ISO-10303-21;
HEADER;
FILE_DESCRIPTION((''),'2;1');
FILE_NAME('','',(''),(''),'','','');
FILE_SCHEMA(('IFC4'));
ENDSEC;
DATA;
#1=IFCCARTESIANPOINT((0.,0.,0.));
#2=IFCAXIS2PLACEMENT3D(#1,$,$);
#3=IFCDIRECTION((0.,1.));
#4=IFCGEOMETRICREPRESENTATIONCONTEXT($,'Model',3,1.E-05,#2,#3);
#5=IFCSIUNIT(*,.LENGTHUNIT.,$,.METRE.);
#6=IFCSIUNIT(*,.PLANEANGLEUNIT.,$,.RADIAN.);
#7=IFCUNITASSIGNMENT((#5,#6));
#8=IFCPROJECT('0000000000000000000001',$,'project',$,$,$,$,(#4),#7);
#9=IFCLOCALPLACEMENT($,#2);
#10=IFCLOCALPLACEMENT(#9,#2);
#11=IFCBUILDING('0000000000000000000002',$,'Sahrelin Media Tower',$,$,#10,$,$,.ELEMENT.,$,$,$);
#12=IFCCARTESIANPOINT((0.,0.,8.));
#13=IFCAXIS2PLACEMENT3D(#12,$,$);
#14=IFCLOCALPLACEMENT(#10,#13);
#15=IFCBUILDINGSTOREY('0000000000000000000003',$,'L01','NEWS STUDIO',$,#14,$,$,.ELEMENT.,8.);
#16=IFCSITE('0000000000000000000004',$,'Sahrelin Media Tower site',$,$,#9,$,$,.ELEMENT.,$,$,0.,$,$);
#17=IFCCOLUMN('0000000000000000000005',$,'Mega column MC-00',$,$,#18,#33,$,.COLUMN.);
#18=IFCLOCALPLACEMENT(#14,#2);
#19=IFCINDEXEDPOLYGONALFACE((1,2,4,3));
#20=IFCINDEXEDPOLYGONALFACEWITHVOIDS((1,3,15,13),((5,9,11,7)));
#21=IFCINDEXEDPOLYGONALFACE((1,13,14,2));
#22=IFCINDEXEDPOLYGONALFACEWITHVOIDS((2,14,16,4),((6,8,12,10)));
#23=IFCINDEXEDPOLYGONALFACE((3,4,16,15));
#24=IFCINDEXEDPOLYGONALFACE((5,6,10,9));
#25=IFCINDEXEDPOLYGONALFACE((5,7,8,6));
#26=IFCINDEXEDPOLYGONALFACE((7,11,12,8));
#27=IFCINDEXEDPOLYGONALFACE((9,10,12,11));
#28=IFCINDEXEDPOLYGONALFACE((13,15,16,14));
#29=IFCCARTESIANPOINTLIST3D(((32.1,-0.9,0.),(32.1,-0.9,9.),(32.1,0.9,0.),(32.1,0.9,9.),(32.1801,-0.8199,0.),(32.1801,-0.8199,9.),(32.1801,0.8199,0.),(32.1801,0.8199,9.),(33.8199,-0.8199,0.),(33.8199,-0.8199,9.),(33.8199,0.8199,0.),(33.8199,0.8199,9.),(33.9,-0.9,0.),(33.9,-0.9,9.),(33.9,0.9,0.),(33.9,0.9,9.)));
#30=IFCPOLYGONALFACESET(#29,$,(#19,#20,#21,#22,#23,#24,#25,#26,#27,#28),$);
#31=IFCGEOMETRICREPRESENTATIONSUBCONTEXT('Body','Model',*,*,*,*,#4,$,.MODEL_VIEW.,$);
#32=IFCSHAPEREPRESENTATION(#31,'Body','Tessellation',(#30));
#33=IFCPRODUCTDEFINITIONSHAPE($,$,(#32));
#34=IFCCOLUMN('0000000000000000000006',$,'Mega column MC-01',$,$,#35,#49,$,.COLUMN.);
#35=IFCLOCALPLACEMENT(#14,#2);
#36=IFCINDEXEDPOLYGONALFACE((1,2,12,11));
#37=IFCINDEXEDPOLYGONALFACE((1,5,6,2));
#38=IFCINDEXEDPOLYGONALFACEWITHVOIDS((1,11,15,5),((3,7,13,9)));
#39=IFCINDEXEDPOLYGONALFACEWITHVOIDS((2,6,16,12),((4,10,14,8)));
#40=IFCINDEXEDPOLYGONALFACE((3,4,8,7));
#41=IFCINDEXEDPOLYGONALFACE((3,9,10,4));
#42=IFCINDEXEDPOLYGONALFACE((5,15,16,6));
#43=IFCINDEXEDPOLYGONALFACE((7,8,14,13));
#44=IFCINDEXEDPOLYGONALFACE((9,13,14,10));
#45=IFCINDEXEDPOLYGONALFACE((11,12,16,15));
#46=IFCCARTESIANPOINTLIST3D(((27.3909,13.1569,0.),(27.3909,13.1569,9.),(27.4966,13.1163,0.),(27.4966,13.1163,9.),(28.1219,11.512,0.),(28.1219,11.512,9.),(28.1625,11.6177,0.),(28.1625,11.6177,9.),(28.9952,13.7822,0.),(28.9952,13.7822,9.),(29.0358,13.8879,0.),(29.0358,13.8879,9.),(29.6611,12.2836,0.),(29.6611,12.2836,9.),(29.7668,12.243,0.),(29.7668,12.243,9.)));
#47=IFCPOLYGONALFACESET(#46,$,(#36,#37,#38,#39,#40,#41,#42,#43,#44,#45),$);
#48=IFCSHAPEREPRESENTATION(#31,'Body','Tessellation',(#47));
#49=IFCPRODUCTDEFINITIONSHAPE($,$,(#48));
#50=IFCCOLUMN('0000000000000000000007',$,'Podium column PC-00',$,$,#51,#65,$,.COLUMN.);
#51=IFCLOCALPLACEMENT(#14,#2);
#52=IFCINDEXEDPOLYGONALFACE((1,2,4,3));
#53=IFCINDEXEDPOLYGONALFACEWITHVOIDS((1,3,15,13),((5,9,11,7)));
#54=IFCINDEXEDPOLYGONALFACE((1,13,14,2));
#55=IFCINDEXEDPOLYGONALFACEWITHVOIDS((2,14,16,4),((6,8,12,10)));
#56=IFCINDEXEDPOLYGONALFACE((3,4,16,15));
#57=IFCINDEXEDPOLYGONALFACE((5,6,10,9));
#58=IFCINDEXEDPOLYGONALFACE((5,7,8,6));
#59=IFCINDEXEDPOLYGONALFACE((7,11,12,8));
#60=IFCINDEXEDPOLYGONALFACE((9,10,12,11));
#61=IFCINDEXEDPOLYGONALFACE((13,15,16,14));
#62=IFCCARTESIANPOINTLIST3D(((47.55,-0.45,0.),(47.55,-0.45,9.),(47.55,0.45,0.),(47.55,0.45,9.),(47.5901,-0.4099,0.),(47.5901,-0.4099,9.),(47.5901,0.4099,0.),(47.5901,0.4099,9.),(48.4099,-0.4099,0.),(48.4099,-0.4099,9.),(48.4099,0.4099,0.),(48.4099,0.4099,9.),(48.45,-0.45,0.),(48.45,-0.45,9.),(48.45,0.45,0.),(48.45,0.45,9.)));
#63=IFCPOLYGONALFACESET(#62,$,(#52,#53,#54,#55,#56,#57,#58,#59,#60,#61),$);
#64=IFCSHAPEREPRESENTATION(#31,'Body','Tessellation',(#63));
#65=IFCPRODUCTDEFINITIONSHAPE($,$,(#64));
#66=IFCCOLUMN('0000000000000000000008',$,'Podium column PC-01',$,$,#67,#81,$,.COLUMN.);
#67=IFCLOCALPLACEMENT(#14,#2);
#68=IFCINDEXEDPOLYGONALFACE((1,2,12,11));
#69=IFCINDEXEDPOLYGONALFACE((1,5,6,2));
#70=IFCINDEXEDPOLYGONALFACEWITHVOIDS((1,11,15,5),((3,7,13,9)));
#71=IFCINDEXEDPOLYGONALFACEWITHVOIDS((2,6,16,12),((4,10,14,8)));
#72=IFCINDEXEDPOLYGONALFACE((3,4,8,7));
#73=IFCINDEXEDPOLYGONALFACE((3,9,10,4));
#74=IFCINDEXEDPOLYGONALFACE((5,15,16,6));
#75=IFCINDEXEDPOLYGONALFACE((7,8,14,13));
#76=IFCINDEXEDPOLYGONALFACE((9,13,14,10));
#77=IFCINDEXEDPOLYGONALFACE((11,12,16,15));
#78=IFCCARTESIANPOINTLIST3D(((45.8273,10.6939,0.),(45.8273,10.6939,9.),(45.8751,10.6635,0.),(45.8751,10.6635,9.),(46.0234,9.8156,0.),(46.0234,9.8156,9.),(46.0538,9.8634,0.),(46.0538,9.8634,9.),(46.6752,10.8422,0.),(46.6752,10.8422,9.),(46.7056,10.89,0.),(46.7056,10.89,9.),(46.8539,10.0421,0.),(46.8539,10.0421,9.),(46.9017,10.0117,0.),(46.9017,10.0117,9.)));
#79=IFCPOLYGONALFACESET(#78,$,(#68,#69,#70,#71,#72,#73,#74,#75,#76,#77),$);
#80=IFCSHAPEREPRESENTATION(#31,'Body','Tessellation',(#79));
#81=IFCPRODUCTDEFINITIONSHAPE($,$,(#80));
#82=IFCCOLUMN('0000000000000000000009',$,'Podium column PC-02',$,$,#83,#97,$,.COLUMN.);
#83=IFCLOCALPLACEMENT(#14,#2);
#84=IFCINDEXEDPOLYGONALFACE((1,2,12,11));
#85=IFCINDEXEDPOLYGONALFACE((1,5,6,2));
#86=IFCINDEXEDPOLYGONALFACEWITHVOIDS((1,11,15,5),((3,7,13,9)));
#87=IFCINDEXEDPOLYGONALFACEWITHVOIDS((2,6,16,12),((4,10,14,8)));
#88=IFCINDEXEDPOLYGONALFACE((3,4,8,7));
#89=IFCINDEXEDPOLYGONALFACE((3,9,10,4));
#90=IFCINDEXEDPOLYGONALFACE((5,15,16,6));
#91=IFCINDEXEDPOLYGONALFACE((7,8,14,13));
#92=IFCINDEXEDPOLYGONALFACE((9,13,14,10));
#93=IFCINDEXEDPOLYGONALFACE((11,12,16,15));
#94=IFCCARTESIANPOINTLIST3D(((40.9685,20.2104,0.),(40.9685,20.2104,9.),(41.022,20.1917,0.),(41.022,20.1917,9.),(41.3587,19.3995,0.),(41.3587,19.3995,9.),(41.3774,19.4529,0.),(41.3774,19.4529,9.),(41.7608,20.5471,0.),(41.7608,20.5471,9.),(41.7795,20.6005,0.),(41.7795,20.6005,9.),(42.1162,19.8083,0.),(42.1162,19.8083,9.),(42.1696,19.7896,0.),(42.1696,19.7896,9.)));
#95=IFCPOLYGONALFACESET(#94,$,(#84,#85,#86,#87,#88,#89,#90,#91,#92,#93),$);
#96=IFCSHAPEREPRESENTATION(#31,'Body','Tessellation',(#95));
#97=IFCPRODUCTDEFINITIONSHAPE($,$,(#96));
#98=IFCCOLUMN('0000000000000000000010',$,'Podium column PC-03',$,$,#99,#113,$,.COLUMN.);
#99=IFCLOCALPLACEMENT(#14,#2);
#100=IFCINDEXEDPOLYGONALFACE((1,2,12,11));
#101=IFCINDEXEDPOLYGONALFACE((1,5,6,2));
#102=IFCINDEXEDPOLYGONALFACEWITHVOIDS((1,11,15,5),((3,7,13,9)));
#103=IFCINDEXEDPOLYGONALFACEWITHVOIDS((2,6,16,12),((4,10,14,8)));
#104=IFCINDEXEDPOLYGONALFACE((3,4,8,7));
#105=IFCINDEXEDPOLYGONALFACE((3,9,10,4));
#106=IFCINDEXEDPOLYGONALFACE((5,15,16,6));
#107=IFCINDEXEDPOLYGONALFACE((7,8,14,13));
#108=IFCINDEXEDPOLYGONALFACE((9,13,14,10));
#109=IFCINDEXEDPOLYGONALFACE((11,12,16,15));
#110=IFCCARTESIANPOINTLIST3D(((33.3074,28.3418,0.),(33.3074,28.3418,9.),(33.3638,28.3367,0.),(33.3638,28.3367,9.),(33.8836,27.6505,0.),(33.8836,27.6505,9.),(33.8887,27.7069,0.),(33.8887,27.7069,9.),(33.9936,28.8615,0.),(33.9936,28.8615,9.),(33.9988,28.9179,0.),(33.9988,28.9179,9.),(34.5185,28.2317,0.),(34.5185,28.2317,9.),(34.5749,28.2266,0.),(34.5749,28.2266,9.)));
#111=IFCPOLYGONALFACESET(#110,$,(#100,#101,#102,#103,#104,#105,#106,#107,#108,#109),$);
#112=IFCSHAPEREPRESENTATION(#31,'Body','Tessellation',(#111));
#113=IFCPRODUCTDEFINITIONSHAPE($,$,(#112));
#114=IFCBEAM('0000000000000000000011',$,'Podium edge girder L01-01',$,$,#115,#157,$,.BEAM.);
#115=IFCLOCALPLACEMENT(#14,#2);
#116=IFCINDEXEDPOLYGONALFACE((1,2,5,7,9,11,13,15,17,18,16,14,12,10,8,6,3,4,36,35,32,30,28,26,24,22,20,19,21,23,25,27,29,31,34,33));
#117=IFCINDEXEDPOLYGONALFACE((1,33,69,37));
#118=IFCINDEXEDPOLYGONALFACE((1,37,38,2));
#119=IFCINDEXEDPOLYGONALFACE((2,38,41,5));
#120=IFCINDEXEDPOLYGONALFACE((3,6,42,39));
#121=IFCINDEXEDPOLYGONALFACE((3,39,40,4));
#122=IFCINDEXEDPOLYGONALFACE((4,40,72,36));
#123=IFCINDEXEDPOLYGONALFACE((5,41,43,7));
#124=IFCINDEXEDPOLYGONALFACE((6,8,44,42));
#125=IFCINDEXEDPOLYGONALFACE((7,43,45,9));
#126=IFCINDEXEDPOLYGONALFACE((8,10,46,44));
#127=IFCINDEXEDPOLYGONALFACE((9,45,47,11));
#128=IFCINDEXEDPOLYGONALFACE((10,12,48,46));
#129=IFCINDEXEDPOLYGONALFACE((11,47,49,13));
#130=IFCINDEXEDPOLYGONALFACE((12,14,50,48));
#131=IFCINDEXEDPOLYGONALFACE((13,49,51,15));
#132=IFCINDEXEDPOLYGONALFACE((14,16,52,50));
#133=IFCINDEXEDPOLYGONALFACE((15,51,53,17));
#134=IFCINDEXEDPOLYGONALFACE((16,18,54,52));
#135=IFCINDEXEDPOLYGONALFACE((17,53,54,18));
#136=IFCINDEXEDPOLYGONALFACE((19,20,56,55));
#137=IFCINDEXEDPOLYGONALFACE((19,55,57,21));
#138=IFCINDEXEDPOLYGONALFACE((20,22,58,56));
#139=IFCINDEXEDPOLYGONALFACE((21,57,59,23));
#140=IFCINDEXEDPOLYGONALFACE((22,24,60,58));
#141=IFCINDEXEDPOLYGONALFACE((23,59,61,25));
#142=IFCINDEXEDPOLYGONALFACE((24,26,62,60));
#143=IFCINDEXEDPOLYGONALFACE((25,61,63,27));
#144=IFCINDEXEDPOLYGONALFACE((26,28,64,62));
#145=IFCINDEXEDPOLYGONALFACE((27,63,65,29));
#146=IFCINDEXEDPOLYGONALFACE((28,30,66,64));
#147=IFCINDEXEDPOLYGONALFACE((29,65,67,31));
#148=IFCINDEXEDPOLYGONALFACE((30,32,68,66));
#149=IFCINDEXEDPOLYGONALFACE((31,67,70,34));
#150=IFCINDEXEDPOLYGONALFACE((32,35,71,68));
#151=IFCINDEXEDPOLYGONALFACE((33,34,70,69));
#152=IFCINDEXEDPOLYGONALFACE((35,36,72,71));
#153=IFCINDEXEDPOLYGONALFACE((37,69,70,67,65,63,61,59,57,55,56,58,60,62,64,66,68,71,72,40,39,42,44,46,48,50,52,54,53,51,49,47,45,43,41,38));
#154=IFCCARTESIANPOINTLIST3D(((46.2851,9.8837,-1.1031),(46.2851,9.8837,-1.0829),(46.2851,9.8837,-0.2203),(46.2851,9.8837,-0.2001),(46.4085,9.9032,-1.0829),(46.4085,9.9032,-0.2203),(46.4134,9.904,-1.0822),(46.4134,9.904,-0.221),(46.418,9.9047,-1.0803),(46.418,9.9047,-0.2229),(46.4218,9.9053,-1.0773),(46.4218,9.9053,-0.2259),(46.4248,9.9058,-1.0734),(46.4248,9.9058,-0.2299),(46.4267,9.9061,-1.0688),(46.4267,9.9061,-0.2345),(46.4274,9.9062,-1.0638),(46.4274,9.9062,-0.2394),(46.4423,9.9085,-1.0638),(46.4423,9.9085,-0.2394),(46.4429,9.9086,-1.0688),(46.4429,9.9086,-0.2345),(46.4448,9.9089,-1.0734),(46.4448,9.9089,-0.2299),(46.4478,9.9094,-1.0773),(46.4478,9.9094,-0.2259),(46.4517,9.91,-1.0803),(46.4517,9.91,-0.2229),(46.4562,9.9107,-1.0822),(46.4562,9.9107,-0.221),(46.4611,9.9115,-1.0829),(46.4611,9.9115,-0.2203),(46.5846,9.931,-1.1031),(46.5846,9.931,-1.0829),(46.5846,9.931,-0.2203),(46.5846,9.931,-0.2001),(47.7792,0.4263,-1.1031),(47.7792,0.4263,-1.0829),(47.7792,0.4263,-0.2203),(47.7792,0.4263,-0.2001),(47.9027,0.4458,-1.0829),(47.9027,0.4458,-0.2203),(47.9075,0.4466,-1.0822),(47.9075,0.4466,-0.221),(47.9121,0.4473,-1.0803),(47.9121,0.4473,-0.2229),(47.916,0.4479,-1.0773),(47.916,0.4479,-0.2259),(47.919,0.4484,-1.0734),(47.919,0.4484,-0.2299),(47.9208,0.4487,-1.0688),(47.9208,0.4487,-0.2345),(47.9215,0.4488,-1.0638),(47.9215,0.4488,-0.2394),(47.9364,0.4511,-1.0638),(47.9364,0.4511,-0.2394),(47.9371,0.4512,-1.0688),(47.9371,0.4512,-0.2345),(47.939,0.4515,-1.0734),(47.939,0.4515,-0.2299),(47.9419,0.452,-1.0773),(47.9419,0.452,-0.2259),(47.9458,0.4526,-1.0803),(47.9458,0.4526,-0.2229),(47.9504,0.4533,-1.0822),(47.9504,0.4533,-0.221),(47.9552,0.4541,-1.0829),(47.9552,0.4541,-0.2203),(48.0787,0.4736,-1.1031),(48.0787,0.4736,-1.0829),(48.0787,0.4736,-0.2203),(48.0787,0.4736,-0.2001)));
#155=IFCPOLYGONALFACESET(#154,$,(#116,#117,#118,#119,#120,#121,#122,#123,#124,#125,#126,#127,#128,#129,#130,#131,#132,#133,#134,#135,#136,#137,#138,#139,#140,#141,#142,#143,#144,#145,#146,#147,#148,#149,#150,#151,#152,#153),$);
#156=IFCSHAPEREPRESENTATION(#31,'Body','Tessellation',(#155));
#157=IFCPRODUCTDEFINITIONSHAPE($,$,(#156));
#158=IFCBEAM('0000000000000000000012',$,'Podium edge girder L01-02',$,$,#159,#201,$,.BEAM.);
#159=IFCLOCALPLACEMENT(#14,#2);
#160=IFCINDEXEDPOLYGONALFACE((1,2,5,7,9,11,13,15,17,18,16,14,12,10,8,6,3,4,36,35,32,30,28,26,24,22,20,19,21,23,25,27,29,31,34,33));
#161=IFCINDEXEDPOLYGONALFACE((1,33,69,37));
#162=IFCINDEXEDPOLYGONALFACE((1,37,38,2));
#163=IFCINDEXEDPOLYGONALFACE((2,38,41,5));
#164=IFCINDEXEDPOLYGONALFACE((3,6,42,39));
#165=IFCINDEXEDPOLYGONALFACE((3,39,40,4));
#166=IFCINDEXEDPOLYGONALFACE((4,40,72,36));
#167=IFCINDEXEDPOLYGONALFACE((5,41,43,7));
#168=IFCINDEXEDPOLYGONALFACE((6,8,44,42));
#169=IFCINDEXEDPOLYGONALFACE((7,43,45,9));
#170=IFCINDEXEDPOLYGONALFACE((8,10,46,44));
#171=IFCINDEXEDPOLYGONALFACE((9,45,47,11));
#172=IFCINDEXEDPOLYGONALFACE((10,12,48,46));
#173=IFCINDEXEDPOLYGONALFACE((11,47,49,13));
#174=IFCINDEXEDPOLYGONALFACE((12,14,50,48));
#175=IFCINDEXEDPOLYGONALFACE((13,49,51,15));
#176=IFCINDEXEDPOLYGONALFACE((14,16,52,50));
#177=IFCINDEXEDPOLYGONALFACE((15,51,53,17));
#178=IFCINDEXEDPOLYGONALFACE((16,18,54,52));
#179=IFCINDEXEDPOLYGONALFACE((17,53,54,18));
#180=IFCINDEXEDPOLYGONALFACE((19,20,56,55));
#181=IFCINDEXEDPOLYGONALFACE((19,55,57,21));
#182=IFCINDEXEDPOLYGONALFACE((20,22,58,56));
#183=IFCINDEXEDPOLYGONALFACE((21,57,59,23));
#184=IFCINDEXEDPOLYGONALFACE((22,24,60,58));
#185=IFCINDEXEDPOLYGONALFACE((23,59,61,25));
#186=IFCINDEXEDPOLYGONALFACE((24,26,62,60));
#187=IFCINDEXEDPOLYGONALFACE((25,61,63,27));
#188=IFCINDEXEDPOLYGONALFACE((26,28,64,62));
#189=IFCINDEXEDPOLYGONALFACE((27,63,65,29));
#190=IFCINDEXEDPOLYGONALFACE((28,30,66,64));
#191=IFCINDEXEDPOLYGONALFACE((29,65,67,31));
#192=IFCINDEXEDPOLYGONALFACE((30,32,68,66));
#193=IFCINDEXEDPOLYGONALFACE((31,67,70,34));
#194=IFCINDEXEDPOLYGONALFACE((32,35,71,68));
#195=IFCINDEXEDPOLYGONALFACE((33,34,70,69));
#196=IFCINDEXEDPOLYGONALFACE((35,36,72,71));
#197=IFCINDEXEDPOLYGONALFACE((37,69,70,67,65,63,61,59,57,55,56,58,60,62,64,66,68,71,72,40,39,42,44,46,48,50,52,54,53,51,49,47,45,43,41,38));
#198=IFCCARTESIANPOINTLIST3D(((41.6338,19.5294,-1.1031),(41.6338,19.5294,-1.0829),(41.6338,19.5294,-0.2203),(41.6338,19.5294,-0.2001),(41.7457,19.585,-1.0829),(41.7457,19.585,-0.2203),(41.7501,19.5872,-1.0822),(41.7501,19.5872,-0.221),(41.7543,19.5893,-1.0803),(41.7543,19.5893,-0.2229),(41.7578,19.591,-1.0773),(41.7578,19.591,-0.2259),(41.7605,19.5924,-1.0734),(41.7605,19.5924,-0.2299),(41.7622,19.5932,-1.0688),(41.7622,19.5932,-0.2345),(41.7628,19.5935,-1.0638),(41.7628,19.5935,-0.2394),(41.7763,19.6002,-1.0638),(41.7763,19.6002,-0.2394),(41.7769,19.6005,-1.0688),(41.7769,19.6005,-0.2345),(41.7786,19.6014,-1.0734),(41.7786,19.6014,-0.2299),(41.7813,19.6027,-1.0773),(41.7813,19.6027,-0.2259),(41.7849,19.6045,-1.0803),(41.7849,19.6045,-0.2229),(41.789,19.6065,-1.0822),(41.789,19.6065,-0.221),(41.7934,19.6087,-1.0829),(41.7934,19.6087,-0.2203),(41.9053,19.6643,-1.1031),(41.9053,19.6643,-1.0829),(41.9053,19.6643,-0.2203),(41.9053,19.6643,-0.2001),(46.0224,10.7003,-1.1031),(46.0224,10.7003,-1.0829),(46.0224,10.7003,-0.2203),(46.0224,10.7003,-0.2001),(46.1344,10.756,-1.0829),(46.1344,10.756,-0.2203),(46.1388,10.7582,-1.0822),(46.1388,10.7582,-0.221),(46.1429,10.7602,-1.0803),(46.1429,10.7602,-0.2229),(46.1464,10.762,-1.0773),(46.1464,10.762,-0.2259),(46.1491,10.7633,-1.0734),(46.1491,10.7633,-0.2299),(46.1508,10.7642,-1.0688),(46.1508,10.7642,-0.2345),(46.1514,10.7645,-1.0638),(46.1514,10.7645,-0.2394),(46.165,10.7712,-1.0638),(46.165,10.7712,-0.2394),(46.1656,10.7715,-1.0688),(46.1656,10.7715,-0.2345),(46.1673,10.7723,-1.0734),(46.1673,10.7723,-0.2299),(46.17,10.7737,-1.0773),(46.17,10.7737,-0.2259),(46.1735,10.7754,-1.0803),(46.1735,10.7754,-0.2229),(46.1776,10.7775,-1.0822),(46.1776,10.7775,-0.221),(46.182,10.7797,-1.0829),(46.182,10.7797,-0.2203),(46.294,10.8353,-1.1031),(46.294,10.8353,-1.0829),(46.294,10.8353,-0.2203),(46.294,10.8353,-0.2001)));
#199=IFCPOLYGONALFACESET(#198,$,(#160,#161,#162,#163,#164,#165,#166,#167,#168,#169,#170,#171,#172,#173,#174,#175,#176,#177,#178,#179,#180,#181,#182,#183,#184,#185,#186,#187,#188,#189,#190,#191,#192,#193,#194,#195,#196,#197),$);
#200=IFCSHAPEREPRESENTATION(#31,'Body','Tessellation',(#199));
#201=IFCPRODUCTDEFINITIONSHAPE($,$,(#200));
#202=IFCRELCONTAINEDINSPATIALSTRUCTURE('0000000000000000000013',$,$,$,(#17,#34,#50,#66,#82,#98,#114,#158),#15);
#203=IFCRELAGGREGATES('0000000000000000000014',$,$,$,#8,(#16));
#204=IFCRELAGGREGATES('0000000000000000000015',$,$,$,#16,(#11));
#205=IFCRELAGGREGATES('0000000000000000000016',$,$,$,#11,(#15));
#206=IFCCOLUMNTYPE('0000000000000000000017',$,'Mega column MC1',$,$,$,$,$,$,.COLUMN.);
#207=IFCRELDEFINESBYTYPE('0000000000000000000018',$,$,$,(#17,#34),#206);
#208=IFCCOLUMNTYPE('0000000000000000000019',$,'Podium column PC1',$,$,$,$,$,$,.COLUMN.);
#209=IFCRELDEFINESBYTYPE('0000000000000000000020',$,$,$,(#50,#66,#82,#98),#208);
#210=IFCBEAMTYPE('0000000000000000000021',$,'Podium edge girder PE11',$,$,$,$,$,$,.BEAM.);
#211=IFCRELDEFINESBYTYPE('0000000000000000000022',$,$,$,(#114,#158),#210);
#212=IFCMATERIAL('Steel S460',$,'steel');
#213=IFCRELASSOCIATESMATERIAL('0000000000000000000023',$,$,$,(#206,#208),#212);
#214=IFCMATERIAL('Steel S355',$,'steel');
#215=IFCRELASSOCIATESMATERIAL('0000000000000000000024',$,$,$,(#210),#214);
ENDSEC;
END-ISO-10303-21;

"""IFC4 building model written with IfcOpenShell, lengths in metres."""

from ifc_helpers import new_model, si_unit, direction, frame, origin, origin_2d, place, context, subcontext, project, spatial, hollow_rectangle, i_section, extrude, material, material_profile, profile_set, type_object, element, save


model = new_model("IFC4")

# Units and contexts
model_context = context("Model", 3, precision=1e-05, world=origin(), true_north=direction((0.0, 1.0)))
body_context = subcontext(model_context, "Body", "Model", "MODEL_VIEW")
ifc_project = project(units=[si_unit("LENGTHUNIT", "METRE"), si_unit("PLANEANGLEUNIT", "RADIAN")], contexts=[model_context])

# Site, building, storey
site_placement = place(None, origin())
site = spatial("IfcSite", under=ifc_project, at=site_placement, Name="Sahrelin Media Tower site", CompositionType="ELEMENT", RefElevation=0.0)
building_placement = place(site_placement, origin())
building = spatial("IfcBuilding", under=site, at=building_placement, Name="Sahrelin Media Tower", CompositionType="ELEMENT")
storey_placement = place(building_placement, frame((0.0, 0.0, 8.0)))
storey = spatial("IfcBuildingStorey", under=building, at=storey_placement, Name="L01", Description="NEWS STUDIO", CompositionType="ELEMENT", Elevation=8.0)

# Columns
ifc_material_1 = material(Name="Steel S460", Category="steel")
ifc_material_profile_1 = material_profile(ifc_material_1, hollow_rectangle(XDim=1.8, YDim=1.8, WallThickness=0.0801, at=origin_2d()), Name="Mega column MC1")
ifc_profile_set_1 = profile_set([ifc_material_profile_1], Name="Steel S460")
column_type_1 = type_object("IfcColumnType", Name="Mega column MC1", PredefinedType="COLUMN", material=ifc_profile_set_1)
for number, where, z_axis, x_axis, name in (
    (1, (33.0, 0.0, 0.0), (0.0, 0.0, 1.0), (1.0, 0.0, 0.0), "Mega column MC-00"),
    (2, (28.5789, 12.7, 0.0), (0.0, 0.0, 1.0), (0.913831, 0.406094, 0.0), "Mega column MC-01"),
):
    element("IfcColumn", number, at=place(storey_placement, frame(where, z_axis=z_axis, x_axis=x_axis)), inside=storey, type_object=column_type_1, Name=name, PredefinedType="COLUMN", context=body_context, shape_type="SweptSolid", body=[
        extrude(hollow_rectangle(XDim=1.8, YDim=1.8, WallThickness=0.0801, at=origin_2d()), origin(), (0.0, 0.0, 1.0), 9.0),
    ])
ifc_material_profile_2 = material_profile(ifc_material_1, hollow_rectangle(XDim=0.8999, YDim=0.8999, WallThickness=0.04, at=origin_2d()), Name="Podium column PC1")
ifc_profile_set_2 = profile_set([ifc_material_profile_2], Name="Steel S460")
column_type_2 = type_object("IfcColumnType", Name="Podium column PC1", PredefinedType="COLUMN", material=ifc_profile_set_2)
for number, where, z_axis, x_axis, name in (
    (3, (48.0, 0.0, 0.0), (0.0, 0.0, 1.0), (1.0, 0.0, 0.0), "Podium column PC-00"),
    (4, (46.3645, 10.3528, 0.0), (0.0, 0.0, 1.0), (0.975965, 0.217925, 0.0), "Podium column PC-01"),
    (5, (41.5691, 20.0, 0.0), (0.0, 0.0, 1.0), (0.901127, 0.433555, 0.0), "Podium column PC-02"),
    (6, (33.9412, 28.2842, 0.0), (0.0, 0.0, 1.0), (0.768221, 0.640185, 0.0), "Podium column PC-03"),
):
    element("IfcColumn", number, at=place(storey_placement, frame(where, z_axis=z_axis, x_axis=x_axis)), inside=storey, type_object=column_type_2, Name=name, PredefinedType="COLUMN", context=body_context, shape_type="SweptSolid", body=[
        extrude(hollow_rectangle(XDim=0.8999, YDim=0.8999, WallThickness=0.04, at=origin_2d()), origin(), (0.0, 0.0, 1.0), 9.0),
    ])

# Beams
ifc_material_2 = material(Name="Steel S355", Category="steel")
ifc_material_profile_3 = material_profile(ifc_material_2, i_section(OverallWidth=0.3032, OverallDepth=0.9031, WebThickness=0.0151, FlangeThickness=0.0203, FilletRadius=0.019, at=origin_2d()), Name="UB 914x305x201")
ifc_profile_set_3 = profile_set([ifc_material_profile_3], Name="Steel S355")
beam_type_1 = type_object("IfcBeamType", Name="Podium edge girder PE11", PredefinedType="BEAM", material=ifc_profile_set_3)
beam_1_placement = place(storey_placement, frame((47.929, 0.45, -0.6516), z_axis=(-0.156049, 0.987749, 0.0), x_axis=(-0.987749, -0.156049, 0.0)))
element("IfcBeam", 7, at=beam_1_placement, inside=storey, type_object=beam_type_1, Name="Podium edge girder L01-01", PredefinedType="BEAM", context=body_context, shape_type="SweptSolid", body=[
    extrude(i_section(OverallWidth=0.3032, OverallDepth=0.9031, WebThickness=0.0151, FlangeThickness=0.0203, FilletRadius=0.019, at=origin_2d()), origin(), (0.0, 0.0, 1.0), 9.5747),
])
beam_2_placement = place(storey_placement, frame((46.1582, 10.7678, -0.6516), z_axis=(-0.445113, 0.895475, 0.0), x_axis=(-0.895475, -0.445113, 0.0)))
element("IfcBeam", 8, at=beam_2_placement, inside=storey, type_object=beam_type_1, Name="Podium edge girder L01-02", PredefinedType="BEAM", context=body_context, shape_type="SweptSolid", body=[
    extrude(i_section(OverallWidth=0.3032, OverallDepth=0.9031, WebThickness=0.0151, FlangeThickness=0.0203, FilletRadius=0.019, at=origin_2d()), origin(), (0.0, 0.0, 1.0), 9.8596),
])

save(model, "model.ifc")
